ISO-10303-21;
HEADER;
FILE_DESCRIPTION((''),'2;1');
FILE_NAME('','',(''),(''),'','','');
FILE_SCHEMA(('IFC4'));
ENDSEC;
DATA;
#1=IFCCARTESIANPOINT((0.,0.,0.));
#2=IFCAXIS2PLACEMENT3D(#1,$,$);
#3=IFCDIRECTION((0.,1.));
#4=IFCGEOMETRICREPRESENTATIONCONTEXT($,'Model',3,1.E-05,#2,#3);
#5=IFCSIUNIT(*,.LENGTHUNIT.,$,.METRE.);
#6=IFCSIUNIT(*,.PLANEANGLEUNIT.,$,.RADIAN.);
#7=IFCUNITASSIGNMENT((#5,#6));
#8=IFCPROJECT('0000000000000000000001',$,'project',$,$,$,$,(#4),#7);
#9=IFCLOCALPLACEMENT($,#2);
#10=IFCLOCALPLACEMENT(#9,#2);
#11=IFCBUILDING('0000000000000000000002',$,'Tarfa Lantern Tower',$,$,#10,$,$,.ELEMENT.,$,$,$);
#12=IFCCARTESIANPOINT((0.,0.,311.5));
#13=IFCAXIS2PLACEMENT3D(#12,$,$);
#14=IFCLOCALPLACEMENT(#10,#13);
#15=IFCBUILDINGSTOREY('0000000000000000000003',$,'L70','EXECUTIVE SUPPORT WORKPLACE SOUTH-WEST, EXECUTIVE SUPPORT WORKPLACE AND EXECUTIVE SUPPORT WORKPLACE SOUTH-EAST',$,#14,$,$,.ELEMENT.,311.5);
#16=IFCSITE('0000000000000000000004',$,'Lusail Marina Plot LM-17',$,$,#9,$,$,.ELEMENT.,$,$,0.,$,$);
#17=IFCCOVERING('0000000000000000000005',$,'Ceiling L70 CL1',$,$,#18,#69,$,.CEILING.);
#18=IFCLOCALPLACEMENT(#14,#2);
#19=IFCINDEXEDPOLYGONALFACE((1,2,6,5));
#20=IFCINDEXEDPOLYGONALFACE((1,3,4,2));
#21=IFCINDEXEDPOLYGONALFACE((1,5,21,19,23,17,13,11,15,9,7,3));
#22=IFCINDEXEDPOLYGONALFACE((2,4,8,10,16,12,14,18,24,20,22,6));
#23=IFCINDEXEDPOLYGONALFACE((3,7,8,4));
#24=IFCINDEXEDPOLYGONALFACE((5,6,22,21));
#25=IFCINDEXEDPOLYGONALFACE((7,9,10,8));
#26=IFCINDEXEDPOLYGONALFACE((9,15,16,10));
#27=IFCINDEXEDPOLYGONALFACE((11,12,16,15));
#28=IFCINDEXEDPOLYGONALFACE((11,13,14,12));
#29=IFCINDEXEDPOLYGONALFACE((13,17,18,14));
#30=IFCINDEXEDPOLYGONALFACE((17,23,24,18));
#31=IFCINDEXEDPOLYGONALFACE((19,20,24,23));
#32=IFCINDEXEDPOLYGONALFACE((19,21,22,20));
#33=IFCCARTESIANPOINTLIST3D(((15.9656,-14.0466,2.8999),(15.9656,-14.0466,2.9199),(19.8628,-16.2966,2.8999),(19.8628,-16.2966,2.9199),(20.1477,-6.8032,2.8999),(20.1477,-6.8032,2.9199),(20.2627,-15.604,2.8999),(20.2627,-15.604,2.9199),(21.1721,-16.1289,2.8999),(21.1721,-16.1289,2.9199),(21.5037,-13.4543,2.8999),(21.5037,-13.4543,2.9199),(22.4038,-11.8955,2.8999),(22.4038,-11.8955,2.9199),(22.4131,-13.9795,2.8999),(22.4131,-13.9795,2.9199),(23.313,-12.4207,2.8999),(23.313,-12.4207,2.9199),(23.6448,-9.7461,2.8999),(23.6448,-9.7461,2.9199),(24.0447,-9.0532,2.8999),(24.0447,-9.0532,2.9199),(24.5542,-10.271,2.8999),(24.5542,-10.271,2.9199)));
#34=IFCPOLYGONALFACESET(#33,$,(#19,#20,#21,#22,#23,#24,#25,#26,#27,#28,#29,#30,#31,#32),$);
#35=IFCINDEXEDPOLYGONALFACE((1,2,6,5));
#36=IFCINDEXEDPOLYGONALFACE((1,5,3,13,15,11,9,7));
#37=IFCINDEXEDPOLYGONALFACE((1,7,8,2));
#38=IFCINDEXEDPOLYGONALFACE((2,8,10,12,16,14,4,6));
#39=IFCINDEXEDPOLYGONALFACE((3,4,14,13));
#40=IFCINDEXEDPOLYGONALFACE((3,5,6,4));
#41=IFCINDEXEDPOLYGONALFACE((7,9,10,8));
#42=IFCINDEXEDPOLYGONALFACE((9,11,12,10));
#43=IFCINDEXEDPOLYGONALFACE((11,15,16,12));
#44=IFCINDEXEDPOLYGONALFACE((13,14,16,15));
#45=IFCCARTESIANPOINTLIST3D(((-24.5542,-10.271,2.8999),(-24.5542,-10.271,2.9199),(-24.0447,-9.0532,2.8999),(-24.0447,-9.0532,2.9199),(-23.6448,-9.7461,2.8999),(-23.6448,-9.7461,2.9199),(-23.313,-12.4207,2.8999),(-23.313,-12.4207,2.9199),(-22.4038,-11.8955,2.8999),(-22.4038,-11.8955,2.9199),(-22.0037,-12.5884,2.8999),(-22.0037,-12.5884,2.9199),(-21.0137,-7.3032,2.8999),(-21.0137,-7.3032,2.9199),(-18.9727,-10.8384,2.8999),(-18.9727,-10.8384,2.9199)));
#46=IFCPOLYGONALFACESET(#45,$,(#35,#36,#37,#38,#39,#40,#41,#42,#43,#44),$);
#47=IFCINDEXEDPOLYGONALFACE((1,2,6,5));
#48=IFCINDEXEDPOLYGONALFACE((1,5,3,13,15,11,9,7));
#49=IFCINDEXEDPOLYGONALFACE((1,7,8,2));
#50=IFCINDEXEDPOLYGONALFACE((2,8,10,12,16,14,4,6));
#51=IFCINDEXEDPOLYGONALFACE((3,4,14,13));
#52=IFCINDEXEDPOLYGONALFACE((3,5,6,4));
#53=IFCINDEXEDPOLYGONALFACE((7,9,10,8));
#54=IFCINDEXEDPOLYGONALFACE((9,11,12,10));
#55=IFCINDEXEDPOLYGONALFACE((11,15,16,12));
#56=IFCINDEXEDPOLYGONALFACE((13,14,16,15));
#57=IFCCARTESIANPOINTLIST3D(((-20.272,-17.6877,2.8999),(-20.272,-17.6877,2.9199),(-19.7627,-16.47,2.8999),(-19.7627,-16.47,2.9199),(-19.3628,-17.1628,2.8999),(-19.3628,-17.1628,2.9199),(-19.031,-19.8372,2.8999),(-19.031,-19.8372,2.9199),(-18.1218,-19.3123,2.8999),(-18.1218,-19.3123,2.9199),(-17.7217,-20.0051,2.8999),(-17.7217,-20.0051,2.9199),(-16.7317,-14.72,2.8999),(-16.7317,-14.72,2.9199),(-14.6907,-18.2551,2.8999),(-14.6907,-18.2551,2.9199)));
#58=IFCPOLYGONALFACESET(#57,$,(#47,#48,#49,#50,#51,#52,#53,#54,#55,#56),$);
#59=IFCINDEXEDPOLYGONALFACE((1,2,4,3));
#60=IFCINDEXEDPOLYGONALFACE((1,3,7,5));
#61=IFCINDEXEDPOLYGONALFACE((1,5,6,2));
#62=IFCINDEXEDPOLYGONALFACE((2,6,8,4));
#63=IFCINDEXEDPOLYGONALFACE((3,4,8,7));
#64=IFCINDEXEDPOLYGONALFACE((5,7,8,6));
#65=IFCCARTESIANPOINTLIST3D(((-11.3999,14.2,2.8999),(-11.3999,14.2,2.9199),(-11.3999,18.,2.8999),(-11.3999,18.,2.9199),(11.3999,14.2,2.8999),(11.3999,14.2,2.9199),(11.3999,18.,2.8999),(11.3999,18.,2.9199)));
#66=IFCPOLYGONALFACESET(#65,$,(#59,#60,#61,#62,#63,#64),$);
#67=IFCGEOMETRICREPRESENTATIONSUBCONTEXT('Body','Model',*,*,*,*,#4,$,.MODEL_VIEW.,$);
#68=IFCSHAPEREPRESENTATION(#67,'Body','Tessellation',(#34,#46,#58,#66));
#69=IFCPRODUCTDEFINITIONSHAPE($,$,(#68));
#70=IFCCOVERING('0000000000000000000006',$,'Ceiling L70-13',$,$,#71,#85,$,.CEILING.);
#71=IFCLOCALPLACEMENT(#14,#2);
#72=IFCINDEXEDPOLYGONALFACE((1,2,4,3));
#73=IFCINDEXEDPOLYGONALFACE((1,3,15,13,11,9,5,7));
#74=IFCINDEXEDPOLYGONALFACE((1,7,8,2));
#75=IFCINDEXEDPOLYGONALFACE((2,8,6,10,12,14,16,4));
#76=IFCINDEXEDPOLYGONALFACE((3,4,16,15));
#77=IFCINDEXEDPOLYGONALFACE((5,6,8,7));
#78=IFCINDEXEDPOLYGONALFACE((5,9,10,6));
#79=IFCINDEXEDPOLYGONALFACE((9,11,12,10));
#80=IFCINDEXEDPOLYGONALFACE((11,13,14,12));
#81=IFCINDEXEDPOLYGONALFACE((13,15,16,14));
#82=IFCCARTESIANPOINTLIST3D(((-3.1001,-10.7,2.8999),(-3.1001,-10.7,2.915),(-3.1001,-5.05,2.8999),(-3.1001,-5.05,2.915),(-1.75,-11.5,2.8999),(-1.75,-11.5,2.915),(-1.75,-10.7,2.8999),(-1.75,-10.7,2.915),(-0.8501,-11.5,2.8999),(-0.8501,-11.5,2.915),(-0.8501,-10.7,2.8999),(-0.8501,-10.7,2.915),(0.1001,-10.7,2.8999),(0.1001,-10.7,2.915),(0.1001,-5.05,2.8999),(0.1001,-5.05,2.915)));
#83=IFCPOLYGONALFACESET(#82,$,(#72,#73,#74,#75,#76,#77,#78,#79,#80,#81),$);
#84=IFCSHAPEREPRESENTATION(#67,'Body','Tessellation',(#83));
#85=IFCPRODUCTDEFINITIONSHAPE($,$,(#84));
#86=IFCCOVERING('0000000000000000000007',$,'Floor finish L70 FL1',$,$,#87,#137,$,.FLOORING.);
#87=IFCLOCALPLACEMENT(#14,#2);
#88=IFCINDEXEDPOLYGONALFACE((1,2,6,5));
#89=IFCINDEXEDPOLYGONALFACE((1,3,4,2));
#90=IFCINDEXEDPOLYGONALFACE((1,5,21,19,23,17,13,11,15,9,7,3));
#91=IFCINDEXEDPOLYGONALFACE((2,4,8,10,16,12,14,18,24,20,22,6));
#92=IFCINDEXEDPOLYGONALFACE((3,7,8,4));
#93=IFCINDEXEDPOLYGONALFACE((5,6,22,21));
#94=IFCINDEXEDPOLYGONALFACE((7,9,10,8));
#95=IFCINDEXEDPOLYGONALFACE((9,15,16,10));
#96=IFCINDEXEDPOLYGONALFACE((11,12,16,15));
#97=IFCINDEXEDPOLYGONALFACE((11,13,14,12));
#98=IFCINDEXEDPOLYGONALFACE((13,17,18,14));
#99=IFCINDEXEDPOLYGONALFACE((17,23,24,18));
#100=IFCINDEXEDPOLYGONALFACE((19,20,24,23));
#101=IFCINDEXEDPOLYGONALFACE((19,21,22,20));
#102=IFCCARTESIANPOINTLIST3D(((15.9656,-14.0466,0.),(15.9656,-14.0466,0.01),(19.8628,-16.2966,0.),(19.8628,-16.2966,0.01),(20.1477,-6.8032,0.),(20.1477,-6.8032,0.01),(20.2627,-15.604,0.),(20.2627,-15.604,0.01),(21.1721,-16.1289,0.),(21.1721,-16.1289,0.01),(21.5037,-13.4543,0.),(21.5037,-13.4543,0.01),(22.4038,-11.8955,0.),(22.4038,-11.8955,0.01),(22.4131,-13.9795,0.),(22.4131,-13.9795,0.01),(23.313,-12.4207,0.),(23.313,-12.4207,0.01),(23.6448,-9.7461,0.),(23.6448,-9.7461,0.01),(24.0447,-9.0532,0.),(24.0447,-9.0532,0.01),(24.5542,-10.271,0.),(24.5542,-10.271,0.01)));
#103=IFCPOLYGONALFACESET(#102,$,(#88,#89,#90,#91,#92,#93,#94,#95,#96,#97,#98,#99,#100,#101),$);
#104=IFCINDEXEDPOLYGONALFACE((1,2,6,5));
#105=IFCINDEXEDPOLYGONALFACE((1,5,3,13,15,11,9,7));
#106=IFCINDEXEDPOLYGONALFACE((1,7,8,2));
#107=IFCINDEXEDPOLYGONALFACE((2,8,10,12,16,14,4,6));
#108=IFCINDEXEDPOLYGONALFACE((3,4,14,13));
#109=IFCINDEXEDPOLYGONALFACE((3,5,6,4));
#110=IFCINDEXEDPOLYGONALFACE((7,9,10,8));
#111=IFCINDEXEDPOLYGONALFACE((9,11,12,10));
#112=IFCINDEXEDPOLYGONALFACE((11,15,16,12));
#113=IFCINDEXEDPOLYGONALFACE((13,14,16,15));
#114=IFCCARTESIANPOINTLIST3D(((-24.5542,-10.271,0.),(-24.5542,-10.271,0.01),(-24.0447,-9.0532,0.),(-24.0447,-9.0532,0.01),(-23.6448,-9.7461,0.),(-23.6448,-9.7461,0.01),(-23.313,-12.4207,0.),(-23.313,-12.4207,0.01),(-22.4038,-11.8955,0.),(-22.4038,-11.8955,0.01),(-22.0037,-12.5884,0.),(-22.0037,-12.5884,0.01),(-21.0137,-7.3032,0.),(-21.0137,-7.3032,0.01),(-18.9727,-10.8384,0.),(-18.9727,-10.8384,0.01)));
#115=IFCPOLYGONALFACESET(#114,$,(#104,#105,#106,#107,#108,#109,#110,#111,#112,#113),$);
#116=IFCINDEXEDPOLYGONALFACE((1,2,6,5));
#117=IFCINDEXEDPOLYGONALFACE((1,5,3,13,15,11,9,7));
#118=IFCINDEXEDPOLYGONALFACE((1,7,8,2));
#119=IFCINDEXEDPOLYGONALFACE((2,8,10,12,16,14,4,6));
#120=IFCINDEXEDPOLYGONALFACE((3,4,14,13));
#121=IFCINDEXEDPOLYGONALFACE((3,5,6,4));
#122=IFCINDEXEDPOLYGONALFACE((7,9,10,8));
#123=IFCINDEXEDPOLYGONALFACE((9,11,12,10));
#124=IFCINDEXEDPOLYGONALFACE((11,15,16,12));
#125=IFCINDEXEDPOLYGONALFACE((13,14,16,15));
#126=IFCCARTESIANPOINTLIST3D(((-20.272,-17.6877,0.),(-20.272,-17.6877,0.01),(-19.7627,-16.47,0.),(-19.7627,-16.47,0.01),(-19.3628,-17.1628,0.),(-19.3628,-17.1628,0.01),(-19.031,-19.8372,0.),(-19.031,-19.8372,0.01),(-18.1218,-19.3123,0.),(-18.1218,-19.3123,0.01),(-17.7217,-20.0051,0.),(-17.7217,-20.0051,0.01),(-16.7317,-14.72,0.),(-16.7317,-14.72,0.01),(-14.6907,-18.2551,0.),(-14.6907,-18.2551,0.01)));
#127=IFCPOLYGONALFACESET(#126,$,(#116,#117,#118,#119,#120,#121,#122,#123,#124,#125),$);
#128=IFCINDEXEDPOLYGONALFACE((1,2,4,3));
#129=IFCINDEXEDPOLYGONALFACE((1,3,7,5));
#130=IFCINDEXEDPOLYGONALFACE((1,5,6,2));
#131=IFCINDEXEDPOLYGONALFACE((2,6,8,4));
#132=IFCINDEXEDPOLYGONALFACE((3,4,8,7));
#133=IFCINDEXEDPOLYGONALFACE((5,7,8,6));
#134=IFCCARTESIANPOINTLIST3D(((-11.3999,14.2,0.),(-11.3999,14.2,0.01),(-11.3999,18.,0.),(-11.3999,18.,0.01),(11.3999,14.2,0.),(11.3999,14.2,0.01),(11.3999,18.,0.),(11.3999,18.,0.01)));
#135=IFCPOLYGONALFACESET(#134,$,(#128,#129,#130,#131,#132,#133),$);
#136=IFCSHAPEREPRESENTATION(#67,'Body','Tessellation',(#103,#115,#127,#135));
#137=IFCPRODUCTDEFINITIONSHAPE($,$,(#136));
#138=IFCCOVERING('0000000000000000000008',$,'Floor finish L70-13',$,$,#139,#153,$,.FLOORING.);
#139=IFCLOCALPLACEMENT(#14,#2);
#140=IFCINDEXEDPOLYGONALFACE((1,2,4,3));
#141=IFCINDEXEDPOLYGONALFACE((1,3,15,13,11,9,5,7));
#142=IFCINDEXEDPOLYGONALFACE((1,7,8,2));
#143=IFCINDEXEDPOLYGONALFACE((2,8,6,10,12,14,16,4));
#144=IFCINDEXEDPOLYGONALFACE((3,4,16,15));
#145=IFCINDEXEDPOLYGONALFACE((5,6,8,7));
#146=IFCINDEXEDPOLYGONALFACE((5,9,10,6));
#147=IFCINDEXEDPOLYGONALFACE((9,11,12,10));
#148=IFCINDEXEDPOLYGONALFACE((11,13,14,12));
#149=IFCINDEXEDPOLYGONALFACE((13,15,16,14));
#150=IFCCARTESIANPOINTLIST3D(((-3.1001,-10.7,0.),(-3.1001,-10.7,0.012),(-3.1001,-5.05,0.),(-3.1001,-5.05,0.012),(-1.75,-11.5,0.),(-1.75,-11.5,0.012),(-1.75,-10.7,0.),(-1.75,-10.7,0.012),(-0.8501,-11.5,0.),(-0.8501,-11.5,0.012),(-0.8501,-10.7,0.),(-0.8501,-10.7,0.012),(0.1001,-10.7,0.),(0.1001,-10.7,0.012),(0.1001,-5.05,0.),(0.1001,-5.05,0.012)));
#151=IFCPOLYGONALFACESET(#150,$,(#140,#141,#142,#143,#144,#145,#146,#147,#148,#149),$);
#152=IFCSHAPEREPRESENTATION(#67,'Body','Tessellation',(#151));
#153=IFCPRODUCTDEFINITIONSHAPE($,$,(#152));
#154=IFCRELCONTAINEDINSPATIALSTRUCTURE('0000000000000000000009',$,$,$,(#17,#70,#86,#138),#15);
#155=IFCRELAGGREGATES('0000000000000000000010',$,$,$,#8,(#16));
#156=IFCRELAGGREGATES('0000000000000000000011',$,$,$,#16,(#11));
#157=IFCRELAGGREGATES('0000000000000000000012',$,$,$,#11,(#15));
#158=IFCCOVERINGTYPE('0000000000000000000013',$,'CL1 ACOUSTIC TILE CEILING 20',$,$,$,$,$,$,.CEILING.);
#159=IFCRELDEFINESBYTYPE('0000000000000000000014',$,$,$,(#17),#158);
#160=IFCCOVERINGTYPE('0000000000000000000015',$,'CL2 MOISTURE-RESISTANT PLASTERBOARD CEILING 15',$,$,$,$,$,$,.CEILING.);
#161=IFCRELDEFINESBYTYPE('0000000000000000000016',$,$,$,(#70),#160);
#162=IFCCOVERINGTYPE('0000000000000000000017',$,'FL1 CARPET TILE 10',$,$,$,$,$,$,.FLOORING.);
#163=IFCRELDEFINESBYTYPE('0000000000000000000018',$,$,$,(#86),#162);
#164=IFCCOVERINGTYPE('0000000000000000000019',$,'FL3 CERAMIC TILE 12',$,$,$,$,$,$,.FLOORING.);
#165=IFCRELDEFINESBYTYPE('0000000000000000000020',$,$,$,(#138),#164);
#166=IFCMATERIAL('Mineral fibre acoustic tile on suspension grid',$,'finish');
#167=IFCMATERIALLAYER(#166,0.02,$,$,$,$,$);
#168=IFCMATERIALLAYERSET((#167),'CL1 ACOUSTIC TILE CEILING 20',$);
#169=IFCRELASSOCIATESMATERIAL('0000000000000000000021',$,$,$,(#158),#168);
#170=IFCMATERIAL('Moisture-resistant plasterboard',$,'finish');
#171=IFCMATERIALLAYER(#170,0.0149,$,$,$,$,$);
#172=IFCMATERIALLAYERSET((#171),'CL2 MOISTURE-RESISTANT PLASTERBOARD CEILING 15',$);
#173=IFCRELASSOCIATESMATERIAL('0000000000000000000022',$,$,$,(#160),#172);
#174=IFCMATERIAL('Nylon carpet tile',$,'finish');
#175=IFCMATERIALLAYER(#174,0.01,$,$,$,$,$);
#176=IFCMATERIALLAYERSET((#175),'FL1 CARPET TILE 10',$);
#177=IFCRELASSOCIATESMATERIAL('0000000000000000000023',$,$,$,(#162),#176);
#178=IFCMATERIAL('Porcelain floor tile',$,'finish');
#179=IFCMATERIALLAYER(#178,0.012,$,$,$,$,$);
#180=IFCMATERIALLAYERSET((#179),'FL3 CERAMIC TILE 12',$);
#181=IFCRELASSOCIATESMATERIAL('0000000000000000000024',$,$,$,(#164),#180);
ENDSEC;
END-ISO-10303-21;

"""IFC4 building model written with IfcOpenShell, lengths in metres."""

from ifc_helpers import new_model, si_unit, direction, frame, origin, place, context, subcontext, project, spatial, polyline, outline, extrude, material, layer, layer_set, type_object, element, save


model = new_model("IFC4")

# Units and contexts
model_context = context("Model", 3, precision=1e-05, world=origin(), true_north=direction((0.0, 1.0)))
body_context = subcontext(model_context, "Body", "Model", "MODEL_VIEW")
ifc_project = project(units=[si_unit("LENGTHUNIT", "METRE"), si_unit("PLANEANGLEUNIT", "RADIAN")], contexts=[model_context])

# Site, building, storey
site_placement = place(None, origin())
site = spatial("IfcSite", under=ifc_project, at=site_placement, Name="Lusail Marina Plot LM-17", CompositionType="ELEMENT", RefElevation=0.0)
building_placement = place(site_placement, origin())
building = spatial("IfcBuilding", under=site, at=building_placement, Name="Tarfa Lantern Tower", CompositionType="ELEMENT")
storey_placement = place(building_placement, frame((0.0, 0.0, 311.5)))
storey = spatial("IfcBuildingStorey", under=building, at=storey_placement, Name="L70", Description="EXECUTIVE SUPPORT WORKPLACE SOUTH-WEST, EXECUTIVE SUPPORT WORKPLACE AND EXECUTIVE SUPPORT WORKPLACE SOUTH-EAST", CompositionType="ELEMENT", Elevation=311.5)

# Coverings
ifc_material_1 = material(Name="Mineral fibre acoustic tile on suspension grid", Category="finish")
ifc_layer_1 = layer(ifc_material_1, 0.02)
ifc_layer_set_1 = layer_set([ifc_layer_1], Name="CL1 ACOUSTIC TILE CEILING 20")
covering_type_1 = type_object("IfcCoveringType", Name="CL1 ACOUSTIC TILE CEILING 20", PredefinedType="CEILING", material=ifc_layer_set_1)
covering_1_placement = place(storey_placement, frame((0.0, 0.0, 2.8999)))
element("IfcCovering", 1, at=covering_1_placement, inside=storey, type_object=covering_type_1, Name="Ceiling L70 CL1", PredefinedType="CEILING", context=body_context, shape_type="SweptSolid", body=[
    extrude(outline(polyline([(20.1477, -6.8032), (24.0447, -9.0532), (23.6448, -9.7461), (24.5542, -10.271), (23.313, -12.4207), (22.4038, -11.8955), (21.5037, -13.4543), (22.4131, -13.9795), (21.1721, -16.1289), (20.2627, -15.604), (19.8628, -16.2966), (15.9656, -14.0466), (20.1477, -6.8032)])), origin(), (0.0, 0.0, 1.0), 0.02),
    extrude(outline(polyline([(-18.9727, -10.8384), (-22.0037, -12.5884), (-22.4038, -11.8955), (-23.313, -12.4207), (-24.5542, -10.271), (-23.6448, -9.7461), (-24.0447, -9.0532), (-21.0137, -7.3032), (-18.9727, -10.8384)])), origin(), (0.0, 0.0, 1.0), 0.02),
    extrude(outline(polyline([(-14.6907, -18.2551), (-17.7217, -20.0051), (-18.1218, -19.3123), (-19.031, -19.8372), (-20.272, -17.6877), (-19.3628, -17.1628), (-19.7627, -16.47), (-16.7317, -14.72), (-14.6907, -18.2551)])), origin(), (0.0, 0.0, 1.0), 0.02),
    extrude(outline(polyline([(-11.3999, 18.0), (11.3999, 18.0), (11.3999, 14.2), (-11.3999, 14.2), (-11.3999, 18.0)])), origin(), (0.0, 0.0, 1.0), 0.02),
])
ifc_material_2 = material(Name="Moisture-resistant plasterboard", Category="finish")
ifc_layer_2 = layer(ifc_material_2, 0.0149)
ifc_layer_set_2 = layer_set([ifc_layer_2], Name="CL2 MOISTURE-RESISTANT PLASTERBOARD CEILING 15")
covering_type_2 = type_object("IfcCoveringType", Name="CL2 MOISTURE-RESISTANT PLASTERBOARD CEILING 15", PredefinedType="CEILING", material=ifc_layer_set_2)
covering_2_placement = place(storey_placement, frame((0.0, 0.0, 2.8999)))
element("IfcCovering", 2, at=covering_2_placement, inside=storey, type_object=covering_type_2, Name="Ceiling L70-13", PredefinedType="CEILING", context=body_context, shape_type="SweptSolid", body=[
    extrude(outline(polyline([(-0.8501, -10.7), (0.1001, -10.7), (0.1001, -5.05), (-3.1001, -5.05), (-3.1001, -10.7), (-1.75, -10.7), (-1.75, -11.5), (-0.8501, -11.5), (-0.8501, -10.7)])), origin(), (0.0, 0.0, 1.0), 0.0151),
])
ifc_material_3 = material(Name="Nylon carpet tile", Category="finish")
ifc_layer_3 = layer(ifc_material_3, 0.01)
ifc_layer_set_3 = layer_set([ifc_layer_3], Name="FL1 CARPET TILE 10")
covering_type_3 = type_object("IfcCoveringType", Name="FL1 CARPET TILE 10", PredefinedType="FLOORING", material=ifc_layer_set_3)
covering_3_placement = place(storey_placement, origin())
element("IfcCovering", 3, at=covering_3_placement, inside=storey, type_object=covering_type_3, Name="Floor finish L70 FL1", PredefinedType="FLOORING", context=body_context, shape_type="SweptSolid", body=[
    extrude(outline(polyline([(20.1477, -6.8032), (24.0447, -9.0532), (23.6448, -9.7461), (24.5542, -10.271), (23.313, -12.4207), (22.4038, -11.8955), (21.5037, -13.4543), (22.4131, -13.9795), (21.1721, -16.1289), (20.2627, -15.604), (19.8628, -16.2966), (15.9656, -14.0466), (20.1477, -6.8032)])), origin(), (0.0, 0.0, 1.0), 0.01),
    extrude(outline(polyline([(-18.9727, -10.8384), (-22.0037, -12.5884), (-22.4038, -11.8955), (-23.313, -12.4207), (-24.5542, -10.271), (-23.6448, -9.7461), (-24.0447, -9.0532), (-21.0137, -7.3032), (-18.9727, -10.8384)])), origin(), (0.0, 0.0, 1.0), 0.01),
    extrude(outline(polyline([(-14.6907, -18.2551), (-17.7217, -20.0051), (-18.1218, -19.3123), (-19.031, -19.8372), (-20.272, -17.6877), (-19.3628, -17.1628), (-19.7627, -16.47), (-16.7317, -14.72), (-14.6907, -18.2551)])), origin(), (0.0, 0.0, 1.0), 0.01),
    extrude(outline(polyline([(-11.3999, 18.0), (11.3999, 18.0), (11.3999, 14.2), (-11.3999, 14.2), (-11.3999, 18.0)])), origin(), (0.0, 0.0, 1.0), 0.01),
])
ifc_material_4 = material(Name="Porcelain floor tile", Category="finish")
ifc_layer_4 = layer(ifc_material_4, 0.012)
ifc_layer_set_4 = layer_set([ifc_layer_4], Name="FL3 CERAMIC TILE 12")
covering_type_4 = type_object("IfcCoveringType", Name="FL3 CERAMIC TILE 12", PredefinedType="FLOORING", material=ifc_layer_set_4)
covering_4_placement = place(storey_placement, origin())
element("IfcCovering", 4, at=covering_4_placement, inside=storey, type_object=covering_type_4, Name="Floor finish L70-13", PredefinedType="FLOORING", context=body_context, shape_type="SweptSolid", body=[
    extrude(outline(polyline([(-0.8501, -10.7), (0.1001, -10.7), (0.1001, -5.05), (-3.1001, -5.05), (-3.1001, -10.7), (-1.75, -10.7), (-1.75, -11.5), (-0.8501, -11.5), (-0.8501, -10.7)])), origin(), (0.0, 0.0, 1.0), 0.012),
])

save(model, "model.ifc")
